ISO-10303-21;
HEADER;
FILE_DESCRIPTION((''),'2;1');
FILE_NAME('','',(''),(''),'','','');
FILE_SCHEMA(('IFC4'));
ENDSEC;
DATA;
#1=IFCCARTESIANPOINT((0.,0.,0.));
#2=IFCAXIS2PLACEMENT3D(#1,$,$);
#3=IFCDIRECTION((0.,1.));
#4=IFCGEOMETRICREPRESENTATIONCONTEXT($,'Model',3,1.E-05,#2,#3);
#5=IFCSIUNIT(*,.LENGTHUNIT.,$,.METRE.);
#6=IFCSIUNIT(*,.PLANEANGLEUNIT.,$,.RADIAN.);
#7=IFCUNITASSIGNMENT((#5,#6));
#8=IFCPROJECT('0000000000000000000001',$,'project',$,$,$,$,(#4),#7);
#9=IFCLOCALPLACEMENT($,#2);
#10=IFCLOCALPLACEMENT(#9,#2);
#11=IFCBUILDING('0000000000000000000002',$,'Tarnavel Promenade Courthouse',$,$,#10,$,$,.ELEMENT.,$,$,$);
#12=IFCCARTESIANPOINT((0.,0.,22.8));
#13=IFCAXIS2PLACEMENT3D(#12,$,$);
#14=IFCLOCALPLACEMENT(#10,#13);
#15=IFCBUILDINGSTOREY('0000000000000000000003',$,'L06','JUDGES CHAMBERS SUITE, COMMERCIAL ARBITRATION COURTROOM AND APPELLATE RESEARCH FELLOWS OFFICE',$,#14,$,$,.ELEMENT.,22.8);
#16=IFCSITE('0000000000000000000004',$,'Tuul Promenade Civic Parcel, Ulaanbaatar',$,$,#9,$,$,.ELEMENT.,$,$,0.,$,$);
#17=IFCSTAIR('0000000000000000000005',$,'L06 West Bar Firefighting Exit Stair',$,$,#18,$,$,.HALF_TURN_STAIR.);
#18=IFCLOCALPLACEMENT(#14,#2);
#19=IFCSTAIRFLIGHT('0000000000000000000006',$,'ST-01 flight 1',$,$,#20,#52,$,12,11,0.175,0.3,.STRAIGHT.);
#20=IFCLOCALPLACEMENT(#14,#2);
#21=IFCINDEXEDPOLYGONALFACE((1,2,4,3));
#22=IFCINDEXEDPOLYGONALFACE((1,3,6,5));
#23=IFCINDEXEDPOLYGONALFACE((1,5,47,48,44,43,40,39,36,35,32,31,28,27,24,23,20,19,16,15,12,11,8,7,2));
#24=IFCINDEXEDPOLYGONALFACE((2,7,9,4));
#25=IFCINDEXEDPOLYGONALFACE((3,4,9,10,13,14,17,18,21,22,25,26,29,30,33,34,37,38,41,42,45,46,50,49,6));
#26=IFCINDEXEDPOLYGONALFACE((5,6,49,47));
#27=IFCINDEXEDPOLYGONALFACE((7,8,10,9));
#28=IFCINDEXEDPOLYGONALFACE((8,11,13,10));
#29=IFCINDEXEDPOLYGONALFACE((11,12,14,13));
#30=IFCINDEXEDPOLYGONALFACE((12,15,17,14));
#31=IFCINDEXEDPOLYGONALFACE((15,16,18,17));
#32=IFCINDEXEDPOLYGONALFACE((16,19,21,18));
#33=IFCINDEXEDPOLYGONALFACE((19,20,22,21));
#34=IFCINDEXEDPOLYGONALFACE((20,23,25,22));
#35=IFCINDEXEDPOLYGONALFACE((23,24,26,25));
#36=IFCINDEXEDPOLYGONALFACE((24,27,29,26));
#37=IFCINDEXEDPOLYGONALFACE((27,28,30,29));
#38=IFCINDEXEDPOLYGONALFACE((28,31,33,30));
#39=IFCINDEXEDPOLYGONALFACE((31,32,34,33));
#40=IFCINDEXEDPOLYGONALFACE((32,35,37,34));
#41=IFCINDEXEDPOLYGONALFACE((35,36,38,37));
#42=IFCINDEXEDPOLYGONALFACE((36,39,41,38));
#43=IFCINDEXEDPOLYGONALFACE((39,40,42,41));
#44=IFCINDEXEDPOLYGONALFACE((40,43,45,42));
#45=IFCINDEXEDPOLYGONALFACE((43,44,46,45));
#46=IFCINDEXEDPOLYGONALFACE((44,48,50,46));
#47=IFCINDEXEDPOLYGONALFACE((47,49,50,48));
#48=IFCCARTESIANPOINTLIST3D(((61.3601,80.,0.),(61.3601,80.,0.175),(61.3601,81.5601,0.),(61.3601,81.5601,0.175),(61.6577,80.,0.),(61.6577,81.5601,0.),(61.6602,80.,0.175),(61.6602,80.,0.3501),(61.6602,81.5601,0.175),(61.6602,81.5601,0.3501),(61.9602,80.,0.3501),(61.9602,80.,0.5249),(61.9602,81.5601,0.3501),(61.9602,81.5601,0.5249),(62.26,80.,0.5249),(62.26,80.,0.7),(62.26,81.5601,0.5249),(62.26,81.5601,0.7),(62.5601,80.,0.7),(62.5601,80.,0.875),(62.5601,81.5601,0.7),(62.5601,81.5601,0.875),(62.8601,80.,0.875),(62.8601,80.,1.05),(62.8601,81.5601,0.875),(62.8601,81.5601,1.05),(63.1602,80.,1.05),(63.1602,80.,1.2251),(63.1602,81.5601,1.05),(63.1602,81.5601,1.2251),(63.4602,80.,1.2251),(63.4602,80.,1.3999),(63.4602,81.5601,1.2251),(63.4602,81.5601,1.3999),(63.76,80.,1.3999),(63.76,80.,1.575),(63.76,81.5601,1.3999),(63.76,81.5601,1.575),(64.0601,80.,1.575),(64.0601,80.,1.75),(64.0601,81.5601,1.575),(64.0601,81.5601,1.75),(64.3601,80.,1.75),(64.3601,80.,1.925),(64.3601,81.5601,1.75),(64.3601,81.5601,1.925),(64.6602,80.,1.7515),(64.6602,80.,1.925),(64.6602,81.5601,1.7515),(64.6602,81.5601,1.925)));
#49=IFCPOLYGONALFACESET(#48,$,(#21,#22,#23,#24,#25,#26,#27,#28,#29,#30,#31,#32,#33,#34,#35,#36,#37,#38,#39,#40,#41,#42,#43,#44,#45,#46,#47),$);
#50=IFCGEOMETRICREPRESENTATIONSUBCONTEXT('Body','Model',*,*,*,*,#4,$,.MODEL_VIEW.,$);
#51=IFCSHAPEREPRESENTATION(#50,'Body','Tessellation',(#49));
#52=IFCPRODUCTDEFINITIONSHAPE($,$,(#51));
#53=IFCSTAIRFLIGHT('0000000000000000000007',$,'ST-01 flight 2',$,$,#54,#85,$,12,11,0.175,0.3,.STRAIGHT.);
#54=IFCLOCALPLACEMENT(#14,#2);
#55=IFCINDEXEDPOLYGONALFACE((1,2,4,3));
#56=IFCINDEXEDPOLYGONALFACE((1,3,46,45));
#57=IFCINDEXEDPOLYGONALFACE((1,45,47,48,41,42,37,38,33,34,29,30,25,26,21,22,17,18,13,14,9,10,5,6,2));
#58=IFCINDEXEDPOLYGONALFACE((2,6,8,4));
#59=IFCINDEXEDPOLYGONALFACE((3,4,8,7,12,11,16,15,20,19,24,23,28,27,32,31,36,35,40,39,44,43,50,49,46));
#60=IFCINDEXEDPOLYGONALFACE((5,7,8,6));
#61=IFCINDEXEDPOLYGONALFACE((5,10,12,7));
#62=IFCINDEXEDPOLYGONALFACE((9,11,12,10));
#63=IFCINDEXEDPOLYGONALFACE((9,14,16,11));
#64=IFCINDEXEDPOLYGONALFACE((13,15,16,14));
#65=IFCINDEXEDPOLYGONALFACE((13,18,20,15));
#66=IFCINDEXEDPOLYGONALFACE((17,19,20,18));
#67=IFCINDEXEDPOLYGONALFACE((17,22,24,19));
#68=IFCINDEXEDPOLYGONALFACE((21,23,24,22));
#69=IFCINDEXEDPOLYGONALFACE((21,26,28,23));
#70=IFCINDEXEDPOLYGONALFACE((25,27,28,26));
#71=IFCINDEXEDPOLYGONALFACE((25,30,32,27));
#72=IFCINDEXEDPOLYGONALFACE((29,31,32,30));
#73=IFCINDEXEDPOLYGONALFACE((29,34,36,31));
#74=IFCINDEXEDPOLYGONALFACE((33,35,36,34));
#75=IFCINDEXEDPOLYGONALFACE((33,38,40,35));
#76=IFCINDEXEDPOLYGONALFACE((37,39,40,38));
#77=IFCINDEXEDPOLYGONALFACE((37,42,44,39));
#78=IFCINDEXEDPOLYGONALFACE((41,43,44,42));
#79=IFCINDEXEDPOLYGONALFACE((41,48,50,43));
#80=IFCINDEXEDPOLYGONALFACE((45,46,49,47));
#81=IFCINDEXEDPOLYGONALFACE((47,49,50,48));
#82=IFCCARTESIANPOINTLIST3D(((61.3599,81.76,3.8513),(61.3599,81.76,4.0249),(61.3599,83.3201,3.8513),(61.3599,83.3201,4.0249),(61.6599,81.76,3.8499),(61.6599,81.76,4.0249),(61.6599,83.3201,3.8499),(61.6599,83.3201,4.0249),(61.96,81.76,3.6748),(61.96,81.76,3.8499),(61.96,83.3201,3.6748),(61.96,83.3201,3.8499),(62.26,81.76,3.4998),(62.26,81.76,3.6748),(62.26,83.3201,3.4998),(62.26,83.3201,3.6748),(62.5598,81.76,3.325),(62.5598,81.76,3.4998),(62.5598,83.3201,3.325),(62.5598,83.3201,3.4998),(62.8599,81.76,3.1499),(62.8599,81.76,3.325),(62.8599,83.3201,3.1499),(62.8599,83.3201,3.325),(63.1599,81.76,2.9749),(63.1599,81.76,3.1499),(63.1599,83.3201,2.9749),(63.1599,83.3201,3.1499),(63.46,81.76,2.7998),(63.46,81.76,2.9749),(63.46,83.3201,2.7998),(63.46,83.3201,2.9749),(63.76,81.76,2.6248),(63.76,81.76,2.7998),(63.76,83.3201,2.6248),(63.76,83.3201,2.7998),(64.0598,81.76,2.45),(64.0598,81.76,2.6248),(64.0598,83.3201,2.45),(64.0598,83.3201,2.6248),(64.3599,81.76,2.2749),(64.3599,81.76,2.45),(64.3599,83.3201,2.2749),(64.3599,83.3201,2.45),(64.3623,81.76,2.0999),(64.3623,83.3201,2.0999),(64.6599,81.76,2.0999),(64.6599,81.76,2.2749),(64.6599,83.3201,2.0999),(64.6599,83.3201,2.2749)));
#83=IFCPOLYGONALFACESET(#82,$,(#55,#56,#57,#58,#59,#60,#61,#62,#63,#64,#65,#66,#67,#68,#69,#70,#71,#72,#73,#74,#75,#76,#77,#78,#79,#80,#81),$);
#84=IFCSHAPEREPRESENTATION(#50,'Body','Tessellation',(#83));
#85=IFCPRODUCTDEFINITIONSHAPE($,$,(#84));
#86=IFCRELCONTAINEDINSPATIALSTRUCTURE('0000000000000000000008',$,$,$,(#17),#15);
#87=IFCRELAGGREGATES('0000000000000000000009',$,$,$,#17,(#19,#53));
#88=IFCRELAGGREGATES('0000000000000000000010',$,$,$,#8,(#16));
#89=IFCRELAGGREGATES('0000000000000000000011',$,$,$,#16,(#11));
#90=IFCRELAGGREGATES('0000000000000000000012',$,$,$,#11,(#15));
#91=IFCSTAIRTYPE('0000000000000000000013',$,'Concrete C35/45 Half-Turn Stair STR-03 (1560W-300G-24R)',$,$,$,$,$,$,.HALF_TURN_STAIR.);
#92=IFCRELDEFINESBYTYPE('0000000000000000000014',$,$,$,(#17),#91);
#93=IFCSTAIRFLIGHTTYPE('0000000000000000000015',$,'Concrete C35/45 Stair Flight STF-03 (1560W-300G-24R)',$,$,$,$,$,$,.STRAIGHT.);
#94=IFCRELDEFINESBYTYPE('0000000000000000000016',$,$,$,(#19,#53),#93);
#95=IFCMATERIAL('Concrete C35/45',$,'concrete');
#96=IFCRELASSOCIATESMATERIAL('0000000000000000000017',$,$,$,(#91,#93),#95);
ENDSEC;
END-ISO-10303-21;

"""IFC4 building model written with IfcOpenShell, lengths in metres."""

from ifc_helpers import new_model, si_unit, direction, frame, origin, place, context, subcontext, project, spatial, polyline, outline, extrude, material, type_object, element, aggregate, save


model = new_model("IFC4")

# Units and contexts
model_context = context("Model", 3, precision=1e-05, world=origin(), true_north=direction((0.0, 1.0)))
body_context = subcontext(model_context, "Body", "Model", "MODEL_VIEW")
ifc_project = project(units=[si_unit("LENGTHUNIT", "METRE"), si_unit("PLANEANGLEUNIT", "RADIAN")], contexts=[model_context])

# Site, building, storey
site_placement = place(None, origin())
site = spatial("IfcSite", under=ifc_project, at=site_placement, Name="Tuul Promenade Civic Parcel, Ulaanbaatar", CompositionType="ELEMENT", RefElevation=0.0)
building_placement = place(site_placement, origin())
building = spatial("IfcBuilding", under=site, at=building_placement, Name="Tarnavel Promenade Courthouse", CompositionType="ELEMENT")
storey_placement = place(building_placement, frame((0.0, 0.0, 22.8)))
storey = spatial("IfcBuildingStorey", under=building, at=storey_placement, Name="L06", Description="JUDGES CHAMBERS SUITE, COMMERCIAL ARBITRATION COURTROOM AND APPELLATE RESEARCH FELLOWS OFFICE", CompositionType="ELEMENT", Elevation=22.8)

# Stair, stair flights
ifc_material_1 = material(Name="Concrete C35/45", Category="concrete")
stair_type = type_object("IfcStairType", Name="Concrete C35/45 Half-Turn Stair STR-03 (1560W-300G-24R)", PredefinedType="HALF_TURN_STAIR", material=ifc_material_1)
stair_placement = place(storey_placement, origin())
stair = element("IfcStair", 1, at=stair_placement, inside=storey, type_object=stair_type, Name="L06 West Bar Firefighting Exit Stair", PredefinedType="HALF_TURN_STAIR")
stair_flight_type = type_object("IfcStairFlightType", Name="Concrete C35/45 Stair Flight STF-03 (1560W-300G-24R)", PredefinedType="STRAIGHT", material=ifc_material_1)
stair_flight_1_placement = place(storey_placement, frame((61.3601, 80.78, 0.0), z_axis=(0.0, 0.0, 1.0), x_axis=(1.0, 0.0, 0.0)))
stair_flight_1 = element("IfcStairFlight", 2, at=stair_flight_1_placement, type_object=stair_flight_type, Name="ST-01 flight 1", NumberOfRisers=12, NumberOfTreads=11, PredefinedType="STRAIGHT", RiserHeight=0.175, TreadLength=0.3, context=body_context, shape_type="SweptSolid", body=[
    extrude(outline(polyline([(0.0, 0.0), (0.0, 0.175), (0.3, 0.175), (0.3, 0.3501), (0.6001, 0.3501), (0.6001, 0.5249), (0.8999, 0.5249), (0.8999, 0.7), (1.2, 0.7), (1.2, 0.875), (1.5, 0.875), (1.5, 1.05), (1.8, 1.05), (1.8, 1.2251), (2.1001, 1.2251), (2.1001, 1.3999), (2.3999, 1.3999), (2.3999, 1.575), (2.7, 1.575), (2.7, 1.75), (3.0, 1.75), (3.0, 1.925), (3.3, 1.925), (3.3, 2.1001), (3.3, 1.7515), (0.2976, 0.0), (0.0, 0.0)])), frame((0.0, 0.78, 0.0), z_axis=(0.0, -1.0, 0.0), x_axis=(1.0, 0.0, 0.0)), (0.0, 0.0, 1.0), 1.5601),
])
stair_flight_2_placement = place(storey_placement, frame((64.6599, 82.54, 2.0999), z_axis=(0.0, 0.0, 1.0), x_axis=(-1.0, 0.0, 0.0)))
stair_flight_2 = element("IfcStairFlight", 3, at=stair_flight_2_placement, type_object=stair_flight_type, Name="ST-01 flight 2", NumberOfRisers=12, NumberOfTreads=11, PredefinedType="STRAIGHT", RiserHeight=0.175, TreadLength=0.3, context=body_context, shape_type="SweptSolid", body=[
    extrude(outline(polyline([(0.0, 0.0), (0.0, 0.175), (0.3, 0.175), (0.3, 0.3501), (0.6001, 0.3501), (0.6001, 0.5249), (0.8999, 0.5249), (0.8999, 0.7), (1.2, 0.7), (1.2, 0.875), (1.5, 0.875), (1.5, 1.05), (1.8, 1.05), (1.8, 1.2251), (2.1001, 1.2251), (2.1001, 1.3999), (2.3999, 1.3999), (2.3999, 1.575), (2.7, 1.575), (2.7, 1.75), (3.0, 1.75), (3.0, 1.925), (3.3, 1.925), (3.3, 2.1001), (3.3, 1.7515), (0.2976, 0.0), (0.0, 0.0)])), frame((0.0, 0.78, 0.0), z_axis=(0.0, -1.0, 0.0), x_axis=(1.0, 0.0, 0.0)), (0.0, 0.0, 1.0), 1.5601),
])
aggregate(stair, [stair_flight_1, stair_flight_2])

save(model, "model.ifc")
